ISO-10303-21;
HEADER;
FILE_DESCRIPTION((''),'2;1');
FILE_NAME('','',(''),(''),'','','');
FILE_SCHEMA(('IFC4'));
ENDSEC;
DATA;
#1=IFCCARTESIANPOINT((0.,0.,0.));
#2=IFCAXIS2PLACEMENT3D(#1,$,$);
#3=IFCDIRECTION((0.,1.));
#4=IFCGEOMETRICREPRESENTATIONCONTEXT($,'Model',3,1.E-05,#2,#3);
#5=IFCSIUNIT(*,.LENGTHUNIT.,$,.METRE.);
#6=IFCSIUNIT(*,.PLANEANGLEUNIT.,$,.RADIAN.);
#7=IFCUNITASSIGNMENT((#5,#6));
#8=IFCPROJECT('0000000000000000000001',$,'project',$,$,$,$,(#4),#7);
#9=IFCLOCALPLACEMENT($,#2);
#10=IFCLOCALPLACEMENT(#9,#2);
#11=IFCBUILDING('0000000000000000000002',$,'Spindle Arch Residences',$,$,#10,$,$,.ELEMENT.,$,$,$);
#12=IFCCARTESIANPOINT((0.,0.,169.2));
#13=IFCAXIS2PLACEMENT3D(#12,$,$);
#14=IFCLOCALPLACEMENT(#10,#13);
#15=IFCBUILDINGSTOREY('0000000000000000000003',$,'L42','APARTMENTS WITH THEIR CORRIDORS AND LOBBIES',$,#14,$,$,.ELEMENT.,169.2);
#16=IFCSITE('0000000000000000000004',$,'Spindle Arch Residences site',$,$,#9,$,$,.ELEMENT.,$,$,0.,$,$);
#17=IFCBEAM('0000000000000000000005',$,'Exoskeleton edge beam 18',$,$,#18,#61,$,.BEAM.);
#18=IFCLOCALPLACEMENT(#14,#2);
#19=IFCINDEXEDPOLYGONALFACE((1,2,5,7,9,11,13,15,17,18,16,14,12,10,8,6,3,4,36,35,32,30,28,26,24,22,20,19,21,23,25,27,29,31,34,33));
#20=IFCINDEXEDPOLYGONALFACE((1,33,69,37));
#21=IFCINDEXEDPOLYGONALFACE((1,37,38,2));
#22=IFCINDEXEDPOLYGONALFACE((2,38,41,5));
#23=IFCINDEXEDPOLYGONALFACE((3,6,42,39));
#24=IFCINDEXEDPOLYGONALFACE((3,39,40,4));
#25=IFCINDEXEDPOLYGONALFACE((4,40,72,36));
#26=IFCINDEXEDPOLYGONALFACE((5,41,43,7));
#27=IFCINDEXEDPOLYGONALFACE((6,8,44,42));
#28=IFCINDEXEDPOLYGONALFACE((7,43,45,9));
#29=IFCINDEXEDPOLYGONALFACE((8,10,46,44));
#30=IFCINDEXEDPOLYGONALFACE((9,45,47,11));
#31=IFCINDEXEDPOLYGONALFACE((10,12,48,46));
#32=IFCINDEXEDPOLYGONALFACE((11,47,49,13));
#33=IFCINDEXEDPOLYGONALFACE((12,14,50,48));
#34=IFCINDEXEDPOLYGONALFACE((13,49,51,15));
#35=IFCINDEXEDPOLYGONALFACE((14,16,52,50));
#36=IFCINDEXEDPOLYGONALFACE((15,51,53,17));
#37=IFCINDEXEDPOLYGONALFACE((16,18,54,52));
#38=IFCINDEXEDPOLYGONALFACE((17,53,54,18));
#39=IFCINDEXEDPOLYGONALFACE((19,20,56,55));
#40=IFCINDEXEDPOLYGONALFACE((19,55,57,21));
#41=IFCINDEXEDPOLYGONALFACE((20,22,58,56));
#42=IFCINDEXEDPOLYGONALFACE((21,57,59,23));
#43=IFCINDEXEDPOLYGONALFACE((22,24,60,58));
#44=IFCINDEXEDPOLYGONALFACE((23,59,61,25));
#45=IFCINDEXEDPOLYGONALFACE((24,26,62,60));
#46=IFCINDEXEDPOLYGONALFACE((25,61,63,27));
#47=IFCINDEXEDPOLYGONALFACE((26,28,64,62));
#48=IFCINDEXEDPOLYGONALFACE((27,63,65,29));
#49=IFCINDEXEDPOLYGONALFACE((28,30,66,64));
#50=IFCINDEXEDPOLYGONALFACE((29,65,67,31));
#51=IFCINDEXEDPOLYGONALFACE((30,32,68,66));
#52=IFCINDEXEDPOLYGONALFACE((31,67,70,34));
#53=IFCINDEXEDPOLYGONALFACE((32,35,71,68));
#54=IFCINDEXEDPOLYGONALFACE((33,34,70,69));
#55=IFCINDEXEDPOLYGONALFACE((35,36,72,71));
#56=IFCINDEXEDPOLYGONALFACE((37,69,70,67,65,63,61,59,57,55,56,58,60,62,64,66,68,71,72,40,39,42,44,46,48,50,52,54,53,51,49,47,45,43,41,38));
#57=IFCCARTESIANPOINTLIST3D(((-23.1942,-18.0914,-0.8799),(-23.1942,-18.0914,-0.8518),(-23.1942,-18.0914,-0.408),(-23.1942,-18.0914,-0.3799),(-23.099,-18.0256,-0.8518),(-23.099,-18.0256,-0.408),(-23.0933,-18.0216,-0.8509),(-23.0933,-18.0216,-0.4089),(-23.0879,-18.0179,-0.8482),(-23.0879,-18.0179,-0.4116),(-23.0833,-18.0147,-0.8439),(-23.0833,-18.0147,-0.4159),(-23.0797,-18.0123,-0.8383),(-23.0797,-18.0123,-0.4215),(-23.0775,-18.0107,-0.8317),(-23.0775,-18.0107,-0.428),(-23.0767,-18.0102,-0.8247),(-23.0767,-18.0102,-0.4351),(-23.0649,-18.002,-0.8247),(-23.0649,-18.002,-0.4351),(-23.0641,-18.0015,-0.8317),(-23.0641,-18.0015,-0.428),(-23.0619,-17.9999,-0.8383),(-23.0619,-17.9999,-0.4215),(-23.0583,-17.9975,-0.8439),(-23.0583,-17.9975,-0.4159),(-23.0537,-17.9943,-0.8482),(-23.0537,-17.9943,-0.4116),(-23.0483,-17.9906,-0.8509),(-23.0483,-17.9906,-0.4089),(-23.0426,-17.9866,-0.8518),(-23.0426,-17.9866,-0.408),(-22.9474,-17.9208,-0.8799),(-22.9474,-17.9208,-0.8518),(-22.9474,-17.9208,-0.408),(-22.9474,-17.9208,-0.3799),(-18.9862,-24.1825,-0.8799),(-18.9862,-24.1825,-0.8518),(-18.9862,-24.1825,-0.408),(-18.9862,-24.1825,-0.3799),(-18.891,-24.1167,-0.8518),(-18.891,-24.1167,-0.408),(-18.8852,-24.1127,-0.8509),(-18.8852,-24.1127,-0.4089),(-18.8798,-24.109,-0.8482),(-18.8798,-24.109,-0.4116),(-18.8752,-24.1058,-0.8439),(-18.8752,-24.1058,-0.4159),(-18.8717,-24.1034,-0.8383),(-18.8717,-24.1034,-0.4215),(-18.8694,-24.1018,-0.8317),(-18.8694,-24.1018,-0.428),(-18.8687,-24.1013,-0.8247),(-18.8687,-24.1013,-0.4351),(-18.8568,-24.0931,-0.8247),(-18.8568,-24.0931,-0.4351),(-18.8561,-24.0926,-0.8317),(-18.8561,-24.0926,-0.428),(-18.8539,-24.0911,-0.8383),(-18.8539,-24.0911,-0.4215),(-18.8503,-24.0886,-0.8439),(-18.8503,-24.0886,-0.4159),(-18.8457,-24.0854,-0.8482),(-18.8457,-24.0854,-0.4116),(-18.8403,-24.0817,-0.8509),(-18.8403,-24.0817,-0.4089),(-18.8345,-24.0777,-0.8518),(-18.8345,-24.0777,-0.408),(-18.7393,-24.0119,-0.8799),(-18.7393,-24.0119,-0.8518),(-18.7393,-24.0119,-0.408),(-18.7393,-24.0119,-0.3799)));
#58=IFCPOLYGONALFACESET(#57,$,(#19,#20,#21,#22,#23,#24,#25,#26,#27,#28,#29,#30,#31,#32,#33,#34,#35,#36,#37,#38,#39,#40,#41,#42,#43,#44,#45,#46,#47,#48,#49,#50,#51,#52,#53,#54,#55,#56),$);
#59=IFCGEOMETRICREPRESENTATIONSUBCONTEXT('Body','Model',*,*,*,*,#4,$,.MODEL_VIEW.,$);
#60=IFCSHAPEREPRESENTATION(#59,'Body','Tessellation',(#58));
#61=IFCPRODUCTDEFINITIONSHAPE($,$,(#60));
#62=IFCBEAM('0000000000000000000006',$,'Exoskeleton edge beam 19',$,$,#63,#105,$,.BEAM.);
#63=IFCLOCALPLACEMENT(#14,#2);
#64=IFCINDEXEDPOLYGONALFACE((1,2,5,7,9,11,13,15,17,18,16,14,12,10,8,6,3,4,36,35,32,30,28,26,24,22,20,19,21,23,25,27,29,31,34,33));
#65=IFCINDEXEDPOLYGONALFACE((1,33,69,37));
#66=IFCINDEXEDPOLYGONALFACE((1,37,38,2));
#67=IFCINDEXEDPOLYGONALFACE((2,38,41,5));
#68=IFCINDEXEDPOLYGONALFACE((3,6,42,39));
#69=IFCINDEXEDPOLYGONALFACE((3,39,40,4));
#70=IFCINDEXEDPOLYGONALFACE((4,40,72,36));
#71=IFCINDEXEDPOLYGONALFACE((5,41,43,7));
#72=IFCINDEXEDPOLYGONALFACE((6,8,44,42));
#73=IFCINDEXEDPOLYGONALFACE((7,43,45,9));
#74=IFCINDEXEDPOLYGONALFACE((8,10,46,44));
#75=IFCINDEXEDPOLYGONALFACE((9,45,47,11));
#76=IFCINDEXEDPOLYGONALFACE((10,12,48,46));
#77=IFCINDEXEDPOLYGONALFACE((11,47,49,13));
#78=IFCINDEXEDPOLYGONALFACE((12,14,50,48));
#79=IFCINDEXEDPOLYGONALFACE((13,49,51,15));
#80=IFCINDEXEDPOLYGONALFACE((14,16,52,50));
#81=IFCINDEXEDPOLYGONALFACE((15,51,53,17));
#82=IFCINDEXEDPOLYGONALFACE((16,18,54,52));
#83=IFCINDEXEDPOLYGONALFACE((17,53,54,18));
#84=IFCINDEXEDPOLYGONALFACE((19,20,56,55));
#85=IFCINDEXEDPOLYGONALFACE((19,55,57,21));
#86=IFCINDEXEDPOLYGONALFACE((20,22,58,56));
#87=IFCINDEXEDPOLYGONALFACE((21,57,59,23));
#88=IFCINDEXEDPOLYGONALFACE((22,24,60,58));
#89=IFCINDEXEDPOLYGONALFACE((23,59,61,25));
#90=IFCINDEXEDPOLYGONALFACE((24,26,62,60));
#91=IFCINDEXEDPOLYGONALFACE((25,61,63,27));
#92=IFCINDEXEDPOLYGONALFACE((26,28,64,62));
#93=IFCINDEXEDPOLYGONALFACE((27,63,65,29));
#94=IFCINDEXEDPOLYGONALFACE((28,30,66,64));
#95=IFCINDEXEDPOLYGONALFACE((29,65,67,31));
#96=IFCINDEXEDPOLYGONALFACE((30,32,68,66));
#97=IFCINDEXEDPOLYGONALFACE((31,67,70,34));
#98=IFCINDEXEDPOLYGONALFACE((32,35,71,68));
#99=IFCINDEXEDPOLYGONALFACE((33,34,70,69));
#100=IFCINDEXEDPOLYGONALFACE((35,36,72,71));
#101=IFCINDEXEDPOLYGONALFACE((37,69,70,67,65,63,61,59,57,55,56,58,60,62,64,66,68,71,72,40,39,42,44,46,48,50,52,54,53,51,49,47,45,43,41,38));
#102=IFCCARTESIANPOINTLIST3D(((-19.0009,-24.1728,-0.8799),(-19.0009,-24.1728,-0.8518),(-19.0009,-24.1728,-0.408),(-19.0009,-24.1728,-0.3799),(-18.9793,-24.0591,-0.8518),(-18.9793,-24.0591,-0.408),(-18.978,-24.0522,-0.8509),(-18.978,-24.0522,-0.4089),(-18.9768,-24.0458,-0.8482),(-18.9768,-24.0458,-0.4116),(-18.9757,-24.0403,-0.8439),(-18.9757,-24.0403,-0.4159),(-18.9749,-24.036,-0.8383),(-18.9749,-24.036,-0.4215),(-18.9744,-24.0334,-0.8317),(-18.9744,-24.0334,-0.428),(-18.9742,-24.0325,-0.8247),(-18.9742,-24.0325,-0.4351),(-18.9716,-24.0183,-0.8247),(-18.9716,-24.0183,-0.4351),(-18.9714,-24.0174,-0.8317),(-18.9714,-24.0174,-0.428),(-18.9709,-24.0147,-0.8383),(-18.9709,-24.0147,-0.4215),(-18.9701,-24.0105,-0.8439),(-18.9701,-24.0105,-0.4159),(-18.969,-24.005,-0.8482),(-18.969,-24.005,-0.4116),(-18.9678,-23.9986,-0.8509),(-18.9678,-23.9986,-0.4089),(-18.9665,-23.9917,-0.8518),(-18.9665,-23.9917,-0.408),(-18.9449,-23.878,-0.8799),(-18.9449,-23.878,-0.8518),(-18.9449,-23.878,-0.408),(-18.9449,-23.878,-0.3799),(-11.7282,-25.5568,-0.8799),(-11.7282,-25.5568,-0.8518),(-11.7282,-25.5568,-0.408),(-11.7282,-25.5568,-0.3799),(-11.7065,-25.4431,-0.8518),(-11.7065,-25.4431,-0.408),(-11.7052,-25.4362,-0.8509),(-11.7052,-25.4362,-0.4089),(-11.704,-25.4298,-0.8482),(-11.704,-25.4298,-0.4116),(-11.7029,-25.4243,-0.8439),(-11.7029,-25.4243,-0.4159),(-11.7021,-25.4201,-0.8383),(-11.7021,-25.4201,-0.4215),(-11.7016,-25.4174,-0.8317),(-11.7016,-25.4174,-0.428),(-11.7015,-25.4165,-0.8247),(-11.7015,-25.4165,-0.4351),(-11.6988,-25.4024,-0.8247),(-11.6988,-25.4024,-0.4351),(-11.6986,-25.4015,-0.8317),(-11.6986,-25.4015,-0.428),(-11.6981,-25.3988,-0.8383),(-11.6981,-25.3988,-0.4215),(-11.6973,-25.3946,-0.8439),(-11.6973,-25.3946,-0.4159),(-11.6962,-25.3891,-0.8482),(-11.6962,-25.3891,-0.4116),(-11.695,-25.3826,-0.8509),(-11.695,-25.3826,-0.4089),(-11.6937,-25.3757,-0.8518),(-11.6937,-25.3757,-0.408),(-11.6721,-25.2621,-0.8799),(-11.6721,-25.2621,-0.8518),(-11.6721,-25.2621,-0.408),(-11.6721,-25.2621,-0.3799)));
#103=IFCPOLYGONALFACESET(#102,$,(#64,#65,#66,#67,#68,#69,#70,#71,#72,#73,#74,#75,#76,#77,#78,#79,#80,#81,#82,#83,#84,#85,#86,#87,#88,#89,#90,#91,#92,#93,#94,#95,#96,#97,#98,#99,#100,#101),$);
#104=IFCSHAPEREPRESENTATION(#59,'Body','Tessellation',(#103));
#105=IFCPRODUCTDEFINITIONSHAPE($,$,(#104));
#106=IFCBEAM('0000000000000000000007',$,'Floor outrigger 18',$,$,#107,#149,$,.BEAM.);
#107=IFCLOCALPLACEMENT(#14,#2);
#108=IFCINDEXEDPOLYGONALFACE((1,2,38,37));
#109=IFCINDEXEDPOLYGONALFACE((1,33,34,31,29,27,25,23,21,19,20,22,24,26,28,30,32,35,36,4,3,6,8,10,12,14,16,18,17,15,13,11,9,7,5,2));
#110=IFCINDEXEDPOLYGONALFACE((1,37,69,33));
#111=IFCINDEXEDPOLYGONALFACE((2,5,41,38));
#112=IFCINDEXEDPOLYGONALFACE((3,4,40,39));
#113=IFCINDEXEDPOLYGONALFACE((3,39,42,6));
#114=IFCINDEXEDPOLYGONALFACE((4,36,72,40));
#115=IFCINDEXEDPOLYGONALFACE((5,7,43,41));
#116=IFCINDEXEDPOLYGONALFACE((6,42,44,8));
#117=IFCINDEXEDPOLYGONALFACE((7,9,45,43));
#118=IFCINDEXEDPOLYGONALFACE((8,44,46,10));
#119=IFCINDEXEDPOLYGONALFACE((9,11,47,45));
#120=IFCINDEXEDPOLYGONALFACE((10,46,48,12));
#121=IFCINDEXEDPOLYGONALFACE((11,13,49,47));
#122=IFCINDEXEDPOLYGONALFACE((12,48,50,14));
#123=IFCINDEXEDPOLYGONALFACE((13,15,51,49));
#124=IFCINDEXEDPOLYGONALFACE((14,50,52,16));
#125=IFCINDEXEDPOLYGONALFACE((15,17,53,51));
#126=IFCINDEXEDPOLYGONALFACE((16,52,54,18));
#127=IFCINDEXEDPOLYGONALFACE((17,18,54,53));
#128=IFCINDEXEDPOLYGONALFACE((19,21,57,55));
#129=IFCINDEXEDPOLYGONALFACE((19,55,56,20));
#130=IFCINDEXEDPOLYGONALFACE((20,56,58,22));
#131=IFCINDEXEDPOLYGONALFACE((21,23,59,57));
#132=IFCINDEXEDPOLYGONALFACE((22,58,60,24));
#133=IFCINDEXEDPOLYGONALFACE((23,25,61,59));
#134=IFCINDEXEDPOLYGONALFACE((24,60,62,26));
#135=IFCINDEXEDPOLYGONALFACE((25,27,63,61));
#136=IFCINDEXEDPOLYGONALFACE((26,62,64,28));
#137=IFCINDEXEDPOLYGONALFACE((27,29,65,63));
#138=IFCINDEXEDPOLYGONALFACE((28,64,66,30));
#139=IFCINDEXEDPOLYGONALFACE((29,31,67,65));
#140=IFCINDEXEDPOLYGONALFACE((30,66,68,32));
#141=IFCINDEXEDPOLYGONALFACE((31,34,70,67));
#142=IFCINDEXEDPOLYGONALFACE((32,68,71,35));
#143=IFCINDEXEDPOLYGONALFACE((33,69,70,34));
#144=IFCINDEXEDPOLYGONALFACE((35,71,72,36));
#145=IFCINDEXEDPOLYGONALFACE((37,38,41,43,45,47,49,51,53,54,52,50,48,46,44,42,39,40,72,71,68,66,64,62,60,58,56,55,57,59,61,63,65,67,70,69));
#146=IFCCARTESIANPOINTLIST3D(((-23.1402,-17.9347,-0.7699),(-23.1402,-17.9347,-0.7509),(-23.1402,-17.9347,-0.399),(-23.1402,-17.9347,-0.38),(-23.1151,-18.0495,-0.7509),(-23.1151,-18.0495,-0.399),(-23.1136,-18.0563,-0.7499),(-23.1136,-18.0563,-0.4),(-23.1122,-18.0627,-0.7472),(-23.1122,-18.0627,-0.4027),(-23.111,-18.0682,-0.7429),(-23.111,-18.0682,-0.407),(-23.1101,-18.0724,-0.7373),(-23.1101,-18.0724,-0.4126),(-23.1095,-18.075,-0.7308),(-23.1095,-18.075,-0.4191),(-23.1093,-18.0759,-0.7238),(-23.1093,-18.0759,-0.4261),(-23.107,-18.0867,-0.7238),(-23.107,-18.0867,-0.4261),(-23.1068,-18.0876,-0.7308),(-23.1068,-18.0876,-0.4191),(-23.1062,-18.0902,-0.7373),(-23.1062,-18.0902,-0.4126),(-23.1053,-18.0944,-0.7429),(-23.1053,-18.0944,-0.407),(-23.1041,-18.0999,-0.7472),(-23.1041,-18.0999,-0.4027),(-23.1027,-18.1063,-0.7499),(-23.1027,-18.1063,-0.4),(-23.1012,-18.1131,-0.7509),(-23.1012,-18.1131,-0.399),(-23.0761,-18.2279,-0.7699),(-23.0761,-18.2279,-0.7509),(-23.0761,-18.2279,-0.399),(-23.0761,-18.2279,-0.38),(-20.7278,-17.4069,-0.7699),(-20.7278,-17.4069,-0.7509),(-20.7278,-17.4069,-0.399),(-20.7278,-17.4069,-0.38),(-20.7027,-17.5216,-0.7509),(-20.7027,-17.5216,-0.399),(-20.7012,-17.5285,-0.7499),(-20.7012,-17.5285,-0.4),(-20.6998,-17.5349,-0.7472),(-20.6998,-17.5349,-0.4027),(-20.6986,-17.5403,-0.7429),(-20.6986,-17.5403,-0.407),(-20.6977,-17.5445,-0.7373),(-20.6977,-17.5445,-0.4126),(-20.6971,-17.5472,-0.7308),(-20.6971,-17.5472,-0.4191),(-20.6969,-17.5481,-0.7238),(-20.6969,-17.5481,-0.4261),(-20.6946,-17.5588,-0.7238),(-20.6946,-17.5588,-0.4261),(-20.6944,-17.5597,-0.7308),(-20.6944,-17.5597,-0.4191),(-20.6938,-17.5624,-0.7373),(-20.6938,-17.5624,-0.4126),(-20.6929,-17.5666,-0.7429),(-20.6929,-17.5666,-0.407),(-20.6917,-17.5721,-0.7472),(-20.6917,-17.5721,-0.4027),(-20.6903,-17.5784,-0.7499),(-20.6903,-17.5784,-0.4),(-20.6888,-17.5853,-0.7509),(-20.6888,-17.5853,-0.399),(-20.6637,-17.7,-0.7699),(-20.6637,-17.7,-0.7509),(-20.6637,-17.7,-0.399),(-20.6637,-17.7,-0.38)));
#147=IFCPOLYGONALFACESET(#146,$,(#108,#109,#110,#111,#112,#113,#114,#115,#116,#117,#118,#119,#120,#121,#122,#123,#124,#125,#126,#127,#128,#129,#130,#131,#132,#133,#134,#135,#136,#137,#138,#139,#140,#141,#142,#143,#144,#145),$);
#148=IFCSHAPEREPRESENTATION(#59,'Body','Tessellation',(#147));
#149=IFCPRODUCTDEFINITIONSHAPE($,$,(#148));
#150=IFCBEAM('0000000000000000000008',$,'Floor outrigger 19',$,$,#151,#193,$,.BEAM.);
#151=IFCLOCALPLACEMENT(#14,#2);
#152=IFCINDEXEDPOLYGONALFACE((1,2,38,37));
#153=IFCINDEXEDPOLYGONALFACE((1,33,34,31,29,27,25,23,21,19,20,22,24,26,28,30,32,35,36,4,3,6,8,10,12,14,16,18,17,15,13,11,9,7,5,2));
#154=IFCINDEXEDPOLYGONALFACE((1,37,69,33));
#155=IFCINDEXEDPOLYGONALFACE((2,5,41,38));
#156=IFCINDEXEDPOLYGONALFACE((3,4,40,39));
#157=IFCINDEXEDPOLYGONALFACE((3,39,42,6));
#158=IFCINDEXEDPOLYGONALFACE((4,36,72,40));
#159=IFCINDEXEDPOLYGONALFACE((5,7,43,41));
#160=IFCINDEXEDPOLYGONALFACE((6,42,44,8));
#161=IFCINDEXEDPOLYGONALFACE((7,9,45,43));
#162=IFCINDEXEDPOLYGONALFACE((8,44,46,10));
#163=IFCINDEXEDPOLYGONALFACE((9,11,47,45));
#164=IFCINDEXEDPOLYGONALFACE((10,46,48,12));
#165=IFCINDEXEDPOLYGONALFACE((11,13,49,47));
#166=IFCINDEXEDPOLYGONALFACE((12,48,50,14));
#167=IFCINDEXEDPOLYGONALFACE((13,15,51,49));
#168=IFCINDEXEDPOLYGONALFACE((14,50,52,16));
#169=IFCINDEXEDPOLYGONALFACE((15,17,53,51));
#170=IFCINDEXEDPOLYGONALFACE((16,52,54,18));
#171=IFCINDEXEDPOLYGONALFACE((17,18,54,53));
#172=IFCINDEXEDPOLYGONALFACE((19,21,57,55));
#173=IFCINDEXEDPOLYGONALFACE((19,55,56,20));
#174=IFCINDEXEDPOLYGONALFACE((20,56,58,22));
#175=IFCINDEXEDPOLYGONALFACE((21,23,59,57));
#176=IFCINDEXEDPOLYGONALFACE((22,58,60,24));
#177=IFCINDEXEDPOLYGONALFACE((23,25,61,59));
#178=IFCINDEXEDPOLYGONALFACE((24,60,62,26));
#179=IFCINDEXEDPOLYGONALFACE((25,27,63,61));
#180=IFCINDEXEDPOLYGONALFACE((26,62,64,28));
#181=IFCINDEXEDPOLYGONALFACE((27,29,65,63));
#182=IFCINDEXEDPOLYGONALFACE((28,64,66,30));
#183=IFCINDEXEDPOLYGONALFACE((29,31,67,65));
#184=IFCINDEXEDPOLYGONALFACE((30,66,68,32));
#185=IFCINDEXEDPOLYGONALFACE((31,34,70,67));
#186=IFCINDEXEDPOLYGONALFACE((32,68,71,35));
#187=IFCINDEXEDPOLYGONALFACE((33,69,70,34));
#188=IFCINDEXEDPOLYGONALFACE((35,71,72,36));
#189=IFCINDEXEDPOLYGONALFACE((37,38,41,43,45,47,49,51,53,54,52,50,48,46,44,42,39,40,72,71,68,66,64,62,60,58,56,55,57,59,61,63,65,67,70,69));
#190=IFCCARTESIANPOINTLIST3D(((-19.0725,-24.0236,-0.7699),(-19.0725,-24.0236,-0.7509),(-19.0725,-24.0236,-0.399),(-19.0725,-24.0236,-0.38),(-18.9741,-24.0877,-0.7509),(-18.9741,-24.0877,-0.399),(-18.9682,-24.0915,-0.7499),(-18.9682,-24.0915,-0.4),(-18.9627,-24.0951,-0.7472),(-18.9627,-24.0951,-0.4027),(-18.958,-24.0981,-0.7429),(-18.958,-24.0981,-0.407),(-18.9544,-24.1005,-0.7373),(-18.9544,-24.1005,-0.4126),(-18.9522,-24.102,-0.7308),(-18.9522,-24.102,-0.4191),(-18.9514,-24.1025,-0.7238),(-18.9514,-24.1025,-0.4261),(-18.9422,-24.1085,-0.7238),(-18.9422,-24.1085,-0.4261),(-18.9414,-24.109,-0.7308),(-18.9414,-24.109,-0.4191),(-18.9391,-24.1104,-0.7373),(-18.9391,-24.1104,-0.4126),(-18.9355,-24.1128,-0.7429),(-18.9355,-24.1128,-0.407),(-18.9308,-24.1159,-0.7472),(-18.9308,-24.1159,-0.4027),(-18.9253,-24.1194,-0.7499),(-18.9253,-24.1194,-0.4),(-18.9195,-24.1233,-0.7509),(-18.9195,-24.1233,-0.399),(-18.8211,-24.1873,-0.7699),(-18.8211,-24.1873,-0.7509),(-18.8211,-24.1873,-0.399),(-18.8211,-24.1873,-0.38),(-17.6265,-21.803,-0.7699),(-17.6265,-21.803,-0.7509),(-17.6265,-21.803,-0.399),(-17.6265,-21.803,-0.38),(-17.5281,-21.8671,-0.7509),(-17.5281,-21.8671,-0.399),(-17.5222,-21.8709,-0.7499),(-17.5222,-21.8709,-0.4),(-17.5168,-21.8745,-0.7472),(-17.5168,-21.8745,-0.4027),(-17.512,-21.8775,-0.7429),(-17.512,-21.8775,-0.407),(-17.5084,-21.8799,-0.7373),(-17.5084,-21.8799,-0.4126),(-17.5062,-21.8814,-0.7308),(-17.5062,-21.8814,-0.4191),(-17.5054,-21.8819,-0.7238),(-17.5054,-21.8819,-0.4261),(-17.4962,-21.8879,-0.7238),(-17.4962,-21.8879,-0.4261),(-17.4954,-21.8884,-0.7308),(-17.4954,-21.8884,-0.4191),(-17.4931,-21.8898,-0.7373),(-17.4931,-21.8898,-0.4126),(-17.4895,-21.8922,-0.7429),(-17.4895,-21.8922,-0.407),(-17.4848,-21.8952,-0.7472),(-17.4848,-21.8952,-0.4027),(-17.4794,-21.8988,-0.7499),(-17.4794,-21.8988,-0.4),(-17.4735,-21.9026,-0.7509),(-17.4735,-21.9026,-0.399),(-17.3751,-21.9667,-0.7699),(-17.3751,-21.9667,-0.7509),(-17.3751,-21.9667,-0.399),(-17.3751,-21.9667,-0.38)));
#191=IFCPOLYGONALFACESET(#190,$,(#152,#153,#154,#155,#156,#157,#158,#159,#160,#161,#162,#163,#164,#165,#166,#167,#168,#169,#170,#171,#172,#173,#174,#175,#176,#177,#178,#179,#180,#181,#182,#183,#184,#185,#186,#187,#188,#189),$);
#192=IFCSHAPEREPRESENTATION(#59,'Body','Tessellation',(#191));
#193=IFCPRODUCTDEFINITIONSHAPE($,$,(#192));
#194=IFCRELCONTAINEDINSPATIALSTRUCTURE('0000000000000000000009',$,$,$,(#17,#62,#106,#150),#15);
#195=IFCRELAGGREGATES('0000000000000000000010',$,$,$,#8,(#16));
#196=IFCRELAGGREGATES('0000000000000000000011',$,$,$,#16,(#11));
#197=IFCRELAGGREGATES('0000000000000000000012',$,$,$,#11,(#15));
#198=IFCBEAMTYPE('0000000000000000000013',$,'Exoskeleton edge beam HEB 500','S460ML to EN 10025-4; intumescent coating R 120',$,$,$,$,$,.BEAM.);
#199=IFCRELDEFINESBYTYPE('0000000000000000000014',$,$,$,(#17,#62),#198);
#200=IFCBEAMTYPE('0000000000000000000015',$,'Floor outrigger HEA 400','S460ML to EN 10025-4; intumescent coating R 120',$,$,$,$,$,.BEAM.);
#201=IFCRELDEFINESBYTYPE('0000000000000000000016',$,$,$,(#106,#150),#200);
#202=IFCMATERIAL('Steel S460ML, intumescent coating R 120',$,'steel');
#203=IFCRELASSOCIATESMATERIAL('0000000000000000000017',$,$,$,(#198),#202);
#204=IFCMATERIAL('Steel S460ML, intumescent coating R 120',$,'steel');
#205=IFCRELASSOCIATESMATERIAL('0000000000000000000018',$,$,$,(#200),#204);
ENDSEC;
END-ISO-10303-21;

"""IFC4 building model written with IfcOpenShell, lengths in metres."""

from ifc_helpers import new_model, si_unit, direction, frame, origin, origin_2d, place, context, subcontext, project, spatial, i_section, extrude, material, material_profile, profile_set, type_object, element, save


model = new_model("IFC4")

# Units and contexts
model_context = context("Model", 3, precision=1e-05, world=origin(), true_north=direction((0.0, 1.0)))
body_context = subcontext(model_context, "Body", "Model", "MODEL_VIEW")
ifc_project = project(units=[si_unit("LENGTHUNIT", "METRE"), si_unit("PLANEANGLEUNIT", "RADIAN")], contexts=[model_context])

# Site, building, storey
site_placement = place(None, origin())
site = spatial("IfcSite", under=ifc_project, at=site_placement, Name="Spindle Arch Residences site", CompositionType="ELEMENT", RefElevation=0.0)
building_placement = place(site_placement, origin())
building = spatial("IfcBuilding", under=site, at=building_placement, Name="Spindle Arch Residences", CompositionType="ELEMENT")
storey_placement = place(building_placement, frame((0.0, 0.0, 169.2)))
storey = spatial("IfcBuildingStorey", under=building, at=storey_placement, Name="L42", Description="APARTMENTS WITH THEIR CORRIDORS AND LOBBIES", CompositionType="ELEMENT", Elevation=169.2)

# Beams
ifc_material_1 = material(Name="Steel S460ML, intumescent coating R 120", Category="steel")
ifc_material_profile_1 = material_profile(ifc_material_1, i_section(OverallWidth=0.3, OverallDepth=0.5, WebThickness=0.0144, FlangeThickness=0.0281, FilletRadius=0.0271, at=origin_2d()), Name="HEB 500")
ifc_profile_set_1 = profile_set([ifc_material_profile_1], Name="Steel S460ML, intumescent coating R 120")
beam_type_1 = type_object("IfcBeamType", Name="Exoskeleton edge beam HEB 500", Description="S460ML to EN 10025-4; intumescent coating R 120", PredefinedType="BEAM", material=ifc_profile_set_1)
for number, where, z_axis, x_axis, name in (
    (1, (-23.0708, -18.0061, -0.6299), (0.568399, -0.822753, 0.0), (0.822753, 0.568399, 0.0), "Exoskeleton edge beam 18"),
    (2, (-18.9729, -24.0254, -0.6299), (0.982369, -0.18695, 0.0), (0.18695, 0.982369, 0.0), "Exoskeleton edge beam 19"),
):
    element("IfcBeam", number, at=place(storey_placement, frame(where, z_axis=z_axis, x_axis=x_axis)), inside=storey, type_object=beam_type_1, Name=name, PredefinedType="BEAM", context=body_context, shape_type="SweptSolid", body=[
        extrude(i_section(OverallWidth=0.3, OverallDepth=0.5, WebThickness=0.0144, FlangeThickness=0.0281, FilletRadius=0.0271, at=origin_2d()), origin(), (0.0, 0.0, 1.0), 7.4033),
    ])
ifc_material_2 = material(Name="Steel S460ML, intumescent coating R 120", Category="steel")
ifc_material_profile_2 = material_profile(ifc_material_2, i_section(OverallWidth=0.3, OverallDepth=0.3899, WebThickness=0.011, FlangeThickness=0.019, FilletRadius=0.0271, at=origin_2d()), Name="HEA 400")
ifc_profile_set_2 = profile_set([ifc_material_profile_2], Name="Steel S460ML, intumescent coating R 120")
beam_type_2 = type_object("IfcBeamType", Name="Floor outrigger HEA 400", Description="S460ML to EN 10025-4; intumescent coating R 120", PredefinedType="BEAM", material=ifc_profile_set_2)
beam_1_placement = place(storey_placement, frame((-23.1082, -18.0813, -0.575), z_axis=(0.976889, 0.213747, 0.0), x_axis=(-0.213747, 0.976889, 0.0)))
element("IfcBeam", 3, at=beam_1_placement, inside=storey, type_object=beam_type_2, Name="Floor outrigger 18", PredefinedType="BEAM", context=body_context, shape_type="SweptSolid", body=[
    extrude(i_section(OverallWidth=0.3, OverallDepth=0.3899, WebThickness=0.011, FlangeThickness=0.019, FilletRadius=0.0271, at=origin_2d()), origin(), (0.0, 0.0, 1.0), 2.4695),
])
beam_2_placement = place(storey_placement, frame((-18.9468, -24.1055, -0.575), z_axis=(0.545675, 0.837997, 0.0), x_axis=(-0.837997, 0.545675, 0.0)))
element("IfcBeam", 4, at=beam_2_placement, inside=storey, type_object=beam_type_2, Name="Floor outrigger 19", PredefinedType="BEAM", context=body_context, shape_type="SweptSolid", body=[
    extrude(i_section(OverallWidth=0.3, OverallDepth=0.3899, WebThickness=0.011, FlangeThickness=0.019, FilletRadius=0.0271, at=origin_2d()), origin(), (0.0, 0.0, 1.0), 2.6499),
])

save(model, "model.ifc")
